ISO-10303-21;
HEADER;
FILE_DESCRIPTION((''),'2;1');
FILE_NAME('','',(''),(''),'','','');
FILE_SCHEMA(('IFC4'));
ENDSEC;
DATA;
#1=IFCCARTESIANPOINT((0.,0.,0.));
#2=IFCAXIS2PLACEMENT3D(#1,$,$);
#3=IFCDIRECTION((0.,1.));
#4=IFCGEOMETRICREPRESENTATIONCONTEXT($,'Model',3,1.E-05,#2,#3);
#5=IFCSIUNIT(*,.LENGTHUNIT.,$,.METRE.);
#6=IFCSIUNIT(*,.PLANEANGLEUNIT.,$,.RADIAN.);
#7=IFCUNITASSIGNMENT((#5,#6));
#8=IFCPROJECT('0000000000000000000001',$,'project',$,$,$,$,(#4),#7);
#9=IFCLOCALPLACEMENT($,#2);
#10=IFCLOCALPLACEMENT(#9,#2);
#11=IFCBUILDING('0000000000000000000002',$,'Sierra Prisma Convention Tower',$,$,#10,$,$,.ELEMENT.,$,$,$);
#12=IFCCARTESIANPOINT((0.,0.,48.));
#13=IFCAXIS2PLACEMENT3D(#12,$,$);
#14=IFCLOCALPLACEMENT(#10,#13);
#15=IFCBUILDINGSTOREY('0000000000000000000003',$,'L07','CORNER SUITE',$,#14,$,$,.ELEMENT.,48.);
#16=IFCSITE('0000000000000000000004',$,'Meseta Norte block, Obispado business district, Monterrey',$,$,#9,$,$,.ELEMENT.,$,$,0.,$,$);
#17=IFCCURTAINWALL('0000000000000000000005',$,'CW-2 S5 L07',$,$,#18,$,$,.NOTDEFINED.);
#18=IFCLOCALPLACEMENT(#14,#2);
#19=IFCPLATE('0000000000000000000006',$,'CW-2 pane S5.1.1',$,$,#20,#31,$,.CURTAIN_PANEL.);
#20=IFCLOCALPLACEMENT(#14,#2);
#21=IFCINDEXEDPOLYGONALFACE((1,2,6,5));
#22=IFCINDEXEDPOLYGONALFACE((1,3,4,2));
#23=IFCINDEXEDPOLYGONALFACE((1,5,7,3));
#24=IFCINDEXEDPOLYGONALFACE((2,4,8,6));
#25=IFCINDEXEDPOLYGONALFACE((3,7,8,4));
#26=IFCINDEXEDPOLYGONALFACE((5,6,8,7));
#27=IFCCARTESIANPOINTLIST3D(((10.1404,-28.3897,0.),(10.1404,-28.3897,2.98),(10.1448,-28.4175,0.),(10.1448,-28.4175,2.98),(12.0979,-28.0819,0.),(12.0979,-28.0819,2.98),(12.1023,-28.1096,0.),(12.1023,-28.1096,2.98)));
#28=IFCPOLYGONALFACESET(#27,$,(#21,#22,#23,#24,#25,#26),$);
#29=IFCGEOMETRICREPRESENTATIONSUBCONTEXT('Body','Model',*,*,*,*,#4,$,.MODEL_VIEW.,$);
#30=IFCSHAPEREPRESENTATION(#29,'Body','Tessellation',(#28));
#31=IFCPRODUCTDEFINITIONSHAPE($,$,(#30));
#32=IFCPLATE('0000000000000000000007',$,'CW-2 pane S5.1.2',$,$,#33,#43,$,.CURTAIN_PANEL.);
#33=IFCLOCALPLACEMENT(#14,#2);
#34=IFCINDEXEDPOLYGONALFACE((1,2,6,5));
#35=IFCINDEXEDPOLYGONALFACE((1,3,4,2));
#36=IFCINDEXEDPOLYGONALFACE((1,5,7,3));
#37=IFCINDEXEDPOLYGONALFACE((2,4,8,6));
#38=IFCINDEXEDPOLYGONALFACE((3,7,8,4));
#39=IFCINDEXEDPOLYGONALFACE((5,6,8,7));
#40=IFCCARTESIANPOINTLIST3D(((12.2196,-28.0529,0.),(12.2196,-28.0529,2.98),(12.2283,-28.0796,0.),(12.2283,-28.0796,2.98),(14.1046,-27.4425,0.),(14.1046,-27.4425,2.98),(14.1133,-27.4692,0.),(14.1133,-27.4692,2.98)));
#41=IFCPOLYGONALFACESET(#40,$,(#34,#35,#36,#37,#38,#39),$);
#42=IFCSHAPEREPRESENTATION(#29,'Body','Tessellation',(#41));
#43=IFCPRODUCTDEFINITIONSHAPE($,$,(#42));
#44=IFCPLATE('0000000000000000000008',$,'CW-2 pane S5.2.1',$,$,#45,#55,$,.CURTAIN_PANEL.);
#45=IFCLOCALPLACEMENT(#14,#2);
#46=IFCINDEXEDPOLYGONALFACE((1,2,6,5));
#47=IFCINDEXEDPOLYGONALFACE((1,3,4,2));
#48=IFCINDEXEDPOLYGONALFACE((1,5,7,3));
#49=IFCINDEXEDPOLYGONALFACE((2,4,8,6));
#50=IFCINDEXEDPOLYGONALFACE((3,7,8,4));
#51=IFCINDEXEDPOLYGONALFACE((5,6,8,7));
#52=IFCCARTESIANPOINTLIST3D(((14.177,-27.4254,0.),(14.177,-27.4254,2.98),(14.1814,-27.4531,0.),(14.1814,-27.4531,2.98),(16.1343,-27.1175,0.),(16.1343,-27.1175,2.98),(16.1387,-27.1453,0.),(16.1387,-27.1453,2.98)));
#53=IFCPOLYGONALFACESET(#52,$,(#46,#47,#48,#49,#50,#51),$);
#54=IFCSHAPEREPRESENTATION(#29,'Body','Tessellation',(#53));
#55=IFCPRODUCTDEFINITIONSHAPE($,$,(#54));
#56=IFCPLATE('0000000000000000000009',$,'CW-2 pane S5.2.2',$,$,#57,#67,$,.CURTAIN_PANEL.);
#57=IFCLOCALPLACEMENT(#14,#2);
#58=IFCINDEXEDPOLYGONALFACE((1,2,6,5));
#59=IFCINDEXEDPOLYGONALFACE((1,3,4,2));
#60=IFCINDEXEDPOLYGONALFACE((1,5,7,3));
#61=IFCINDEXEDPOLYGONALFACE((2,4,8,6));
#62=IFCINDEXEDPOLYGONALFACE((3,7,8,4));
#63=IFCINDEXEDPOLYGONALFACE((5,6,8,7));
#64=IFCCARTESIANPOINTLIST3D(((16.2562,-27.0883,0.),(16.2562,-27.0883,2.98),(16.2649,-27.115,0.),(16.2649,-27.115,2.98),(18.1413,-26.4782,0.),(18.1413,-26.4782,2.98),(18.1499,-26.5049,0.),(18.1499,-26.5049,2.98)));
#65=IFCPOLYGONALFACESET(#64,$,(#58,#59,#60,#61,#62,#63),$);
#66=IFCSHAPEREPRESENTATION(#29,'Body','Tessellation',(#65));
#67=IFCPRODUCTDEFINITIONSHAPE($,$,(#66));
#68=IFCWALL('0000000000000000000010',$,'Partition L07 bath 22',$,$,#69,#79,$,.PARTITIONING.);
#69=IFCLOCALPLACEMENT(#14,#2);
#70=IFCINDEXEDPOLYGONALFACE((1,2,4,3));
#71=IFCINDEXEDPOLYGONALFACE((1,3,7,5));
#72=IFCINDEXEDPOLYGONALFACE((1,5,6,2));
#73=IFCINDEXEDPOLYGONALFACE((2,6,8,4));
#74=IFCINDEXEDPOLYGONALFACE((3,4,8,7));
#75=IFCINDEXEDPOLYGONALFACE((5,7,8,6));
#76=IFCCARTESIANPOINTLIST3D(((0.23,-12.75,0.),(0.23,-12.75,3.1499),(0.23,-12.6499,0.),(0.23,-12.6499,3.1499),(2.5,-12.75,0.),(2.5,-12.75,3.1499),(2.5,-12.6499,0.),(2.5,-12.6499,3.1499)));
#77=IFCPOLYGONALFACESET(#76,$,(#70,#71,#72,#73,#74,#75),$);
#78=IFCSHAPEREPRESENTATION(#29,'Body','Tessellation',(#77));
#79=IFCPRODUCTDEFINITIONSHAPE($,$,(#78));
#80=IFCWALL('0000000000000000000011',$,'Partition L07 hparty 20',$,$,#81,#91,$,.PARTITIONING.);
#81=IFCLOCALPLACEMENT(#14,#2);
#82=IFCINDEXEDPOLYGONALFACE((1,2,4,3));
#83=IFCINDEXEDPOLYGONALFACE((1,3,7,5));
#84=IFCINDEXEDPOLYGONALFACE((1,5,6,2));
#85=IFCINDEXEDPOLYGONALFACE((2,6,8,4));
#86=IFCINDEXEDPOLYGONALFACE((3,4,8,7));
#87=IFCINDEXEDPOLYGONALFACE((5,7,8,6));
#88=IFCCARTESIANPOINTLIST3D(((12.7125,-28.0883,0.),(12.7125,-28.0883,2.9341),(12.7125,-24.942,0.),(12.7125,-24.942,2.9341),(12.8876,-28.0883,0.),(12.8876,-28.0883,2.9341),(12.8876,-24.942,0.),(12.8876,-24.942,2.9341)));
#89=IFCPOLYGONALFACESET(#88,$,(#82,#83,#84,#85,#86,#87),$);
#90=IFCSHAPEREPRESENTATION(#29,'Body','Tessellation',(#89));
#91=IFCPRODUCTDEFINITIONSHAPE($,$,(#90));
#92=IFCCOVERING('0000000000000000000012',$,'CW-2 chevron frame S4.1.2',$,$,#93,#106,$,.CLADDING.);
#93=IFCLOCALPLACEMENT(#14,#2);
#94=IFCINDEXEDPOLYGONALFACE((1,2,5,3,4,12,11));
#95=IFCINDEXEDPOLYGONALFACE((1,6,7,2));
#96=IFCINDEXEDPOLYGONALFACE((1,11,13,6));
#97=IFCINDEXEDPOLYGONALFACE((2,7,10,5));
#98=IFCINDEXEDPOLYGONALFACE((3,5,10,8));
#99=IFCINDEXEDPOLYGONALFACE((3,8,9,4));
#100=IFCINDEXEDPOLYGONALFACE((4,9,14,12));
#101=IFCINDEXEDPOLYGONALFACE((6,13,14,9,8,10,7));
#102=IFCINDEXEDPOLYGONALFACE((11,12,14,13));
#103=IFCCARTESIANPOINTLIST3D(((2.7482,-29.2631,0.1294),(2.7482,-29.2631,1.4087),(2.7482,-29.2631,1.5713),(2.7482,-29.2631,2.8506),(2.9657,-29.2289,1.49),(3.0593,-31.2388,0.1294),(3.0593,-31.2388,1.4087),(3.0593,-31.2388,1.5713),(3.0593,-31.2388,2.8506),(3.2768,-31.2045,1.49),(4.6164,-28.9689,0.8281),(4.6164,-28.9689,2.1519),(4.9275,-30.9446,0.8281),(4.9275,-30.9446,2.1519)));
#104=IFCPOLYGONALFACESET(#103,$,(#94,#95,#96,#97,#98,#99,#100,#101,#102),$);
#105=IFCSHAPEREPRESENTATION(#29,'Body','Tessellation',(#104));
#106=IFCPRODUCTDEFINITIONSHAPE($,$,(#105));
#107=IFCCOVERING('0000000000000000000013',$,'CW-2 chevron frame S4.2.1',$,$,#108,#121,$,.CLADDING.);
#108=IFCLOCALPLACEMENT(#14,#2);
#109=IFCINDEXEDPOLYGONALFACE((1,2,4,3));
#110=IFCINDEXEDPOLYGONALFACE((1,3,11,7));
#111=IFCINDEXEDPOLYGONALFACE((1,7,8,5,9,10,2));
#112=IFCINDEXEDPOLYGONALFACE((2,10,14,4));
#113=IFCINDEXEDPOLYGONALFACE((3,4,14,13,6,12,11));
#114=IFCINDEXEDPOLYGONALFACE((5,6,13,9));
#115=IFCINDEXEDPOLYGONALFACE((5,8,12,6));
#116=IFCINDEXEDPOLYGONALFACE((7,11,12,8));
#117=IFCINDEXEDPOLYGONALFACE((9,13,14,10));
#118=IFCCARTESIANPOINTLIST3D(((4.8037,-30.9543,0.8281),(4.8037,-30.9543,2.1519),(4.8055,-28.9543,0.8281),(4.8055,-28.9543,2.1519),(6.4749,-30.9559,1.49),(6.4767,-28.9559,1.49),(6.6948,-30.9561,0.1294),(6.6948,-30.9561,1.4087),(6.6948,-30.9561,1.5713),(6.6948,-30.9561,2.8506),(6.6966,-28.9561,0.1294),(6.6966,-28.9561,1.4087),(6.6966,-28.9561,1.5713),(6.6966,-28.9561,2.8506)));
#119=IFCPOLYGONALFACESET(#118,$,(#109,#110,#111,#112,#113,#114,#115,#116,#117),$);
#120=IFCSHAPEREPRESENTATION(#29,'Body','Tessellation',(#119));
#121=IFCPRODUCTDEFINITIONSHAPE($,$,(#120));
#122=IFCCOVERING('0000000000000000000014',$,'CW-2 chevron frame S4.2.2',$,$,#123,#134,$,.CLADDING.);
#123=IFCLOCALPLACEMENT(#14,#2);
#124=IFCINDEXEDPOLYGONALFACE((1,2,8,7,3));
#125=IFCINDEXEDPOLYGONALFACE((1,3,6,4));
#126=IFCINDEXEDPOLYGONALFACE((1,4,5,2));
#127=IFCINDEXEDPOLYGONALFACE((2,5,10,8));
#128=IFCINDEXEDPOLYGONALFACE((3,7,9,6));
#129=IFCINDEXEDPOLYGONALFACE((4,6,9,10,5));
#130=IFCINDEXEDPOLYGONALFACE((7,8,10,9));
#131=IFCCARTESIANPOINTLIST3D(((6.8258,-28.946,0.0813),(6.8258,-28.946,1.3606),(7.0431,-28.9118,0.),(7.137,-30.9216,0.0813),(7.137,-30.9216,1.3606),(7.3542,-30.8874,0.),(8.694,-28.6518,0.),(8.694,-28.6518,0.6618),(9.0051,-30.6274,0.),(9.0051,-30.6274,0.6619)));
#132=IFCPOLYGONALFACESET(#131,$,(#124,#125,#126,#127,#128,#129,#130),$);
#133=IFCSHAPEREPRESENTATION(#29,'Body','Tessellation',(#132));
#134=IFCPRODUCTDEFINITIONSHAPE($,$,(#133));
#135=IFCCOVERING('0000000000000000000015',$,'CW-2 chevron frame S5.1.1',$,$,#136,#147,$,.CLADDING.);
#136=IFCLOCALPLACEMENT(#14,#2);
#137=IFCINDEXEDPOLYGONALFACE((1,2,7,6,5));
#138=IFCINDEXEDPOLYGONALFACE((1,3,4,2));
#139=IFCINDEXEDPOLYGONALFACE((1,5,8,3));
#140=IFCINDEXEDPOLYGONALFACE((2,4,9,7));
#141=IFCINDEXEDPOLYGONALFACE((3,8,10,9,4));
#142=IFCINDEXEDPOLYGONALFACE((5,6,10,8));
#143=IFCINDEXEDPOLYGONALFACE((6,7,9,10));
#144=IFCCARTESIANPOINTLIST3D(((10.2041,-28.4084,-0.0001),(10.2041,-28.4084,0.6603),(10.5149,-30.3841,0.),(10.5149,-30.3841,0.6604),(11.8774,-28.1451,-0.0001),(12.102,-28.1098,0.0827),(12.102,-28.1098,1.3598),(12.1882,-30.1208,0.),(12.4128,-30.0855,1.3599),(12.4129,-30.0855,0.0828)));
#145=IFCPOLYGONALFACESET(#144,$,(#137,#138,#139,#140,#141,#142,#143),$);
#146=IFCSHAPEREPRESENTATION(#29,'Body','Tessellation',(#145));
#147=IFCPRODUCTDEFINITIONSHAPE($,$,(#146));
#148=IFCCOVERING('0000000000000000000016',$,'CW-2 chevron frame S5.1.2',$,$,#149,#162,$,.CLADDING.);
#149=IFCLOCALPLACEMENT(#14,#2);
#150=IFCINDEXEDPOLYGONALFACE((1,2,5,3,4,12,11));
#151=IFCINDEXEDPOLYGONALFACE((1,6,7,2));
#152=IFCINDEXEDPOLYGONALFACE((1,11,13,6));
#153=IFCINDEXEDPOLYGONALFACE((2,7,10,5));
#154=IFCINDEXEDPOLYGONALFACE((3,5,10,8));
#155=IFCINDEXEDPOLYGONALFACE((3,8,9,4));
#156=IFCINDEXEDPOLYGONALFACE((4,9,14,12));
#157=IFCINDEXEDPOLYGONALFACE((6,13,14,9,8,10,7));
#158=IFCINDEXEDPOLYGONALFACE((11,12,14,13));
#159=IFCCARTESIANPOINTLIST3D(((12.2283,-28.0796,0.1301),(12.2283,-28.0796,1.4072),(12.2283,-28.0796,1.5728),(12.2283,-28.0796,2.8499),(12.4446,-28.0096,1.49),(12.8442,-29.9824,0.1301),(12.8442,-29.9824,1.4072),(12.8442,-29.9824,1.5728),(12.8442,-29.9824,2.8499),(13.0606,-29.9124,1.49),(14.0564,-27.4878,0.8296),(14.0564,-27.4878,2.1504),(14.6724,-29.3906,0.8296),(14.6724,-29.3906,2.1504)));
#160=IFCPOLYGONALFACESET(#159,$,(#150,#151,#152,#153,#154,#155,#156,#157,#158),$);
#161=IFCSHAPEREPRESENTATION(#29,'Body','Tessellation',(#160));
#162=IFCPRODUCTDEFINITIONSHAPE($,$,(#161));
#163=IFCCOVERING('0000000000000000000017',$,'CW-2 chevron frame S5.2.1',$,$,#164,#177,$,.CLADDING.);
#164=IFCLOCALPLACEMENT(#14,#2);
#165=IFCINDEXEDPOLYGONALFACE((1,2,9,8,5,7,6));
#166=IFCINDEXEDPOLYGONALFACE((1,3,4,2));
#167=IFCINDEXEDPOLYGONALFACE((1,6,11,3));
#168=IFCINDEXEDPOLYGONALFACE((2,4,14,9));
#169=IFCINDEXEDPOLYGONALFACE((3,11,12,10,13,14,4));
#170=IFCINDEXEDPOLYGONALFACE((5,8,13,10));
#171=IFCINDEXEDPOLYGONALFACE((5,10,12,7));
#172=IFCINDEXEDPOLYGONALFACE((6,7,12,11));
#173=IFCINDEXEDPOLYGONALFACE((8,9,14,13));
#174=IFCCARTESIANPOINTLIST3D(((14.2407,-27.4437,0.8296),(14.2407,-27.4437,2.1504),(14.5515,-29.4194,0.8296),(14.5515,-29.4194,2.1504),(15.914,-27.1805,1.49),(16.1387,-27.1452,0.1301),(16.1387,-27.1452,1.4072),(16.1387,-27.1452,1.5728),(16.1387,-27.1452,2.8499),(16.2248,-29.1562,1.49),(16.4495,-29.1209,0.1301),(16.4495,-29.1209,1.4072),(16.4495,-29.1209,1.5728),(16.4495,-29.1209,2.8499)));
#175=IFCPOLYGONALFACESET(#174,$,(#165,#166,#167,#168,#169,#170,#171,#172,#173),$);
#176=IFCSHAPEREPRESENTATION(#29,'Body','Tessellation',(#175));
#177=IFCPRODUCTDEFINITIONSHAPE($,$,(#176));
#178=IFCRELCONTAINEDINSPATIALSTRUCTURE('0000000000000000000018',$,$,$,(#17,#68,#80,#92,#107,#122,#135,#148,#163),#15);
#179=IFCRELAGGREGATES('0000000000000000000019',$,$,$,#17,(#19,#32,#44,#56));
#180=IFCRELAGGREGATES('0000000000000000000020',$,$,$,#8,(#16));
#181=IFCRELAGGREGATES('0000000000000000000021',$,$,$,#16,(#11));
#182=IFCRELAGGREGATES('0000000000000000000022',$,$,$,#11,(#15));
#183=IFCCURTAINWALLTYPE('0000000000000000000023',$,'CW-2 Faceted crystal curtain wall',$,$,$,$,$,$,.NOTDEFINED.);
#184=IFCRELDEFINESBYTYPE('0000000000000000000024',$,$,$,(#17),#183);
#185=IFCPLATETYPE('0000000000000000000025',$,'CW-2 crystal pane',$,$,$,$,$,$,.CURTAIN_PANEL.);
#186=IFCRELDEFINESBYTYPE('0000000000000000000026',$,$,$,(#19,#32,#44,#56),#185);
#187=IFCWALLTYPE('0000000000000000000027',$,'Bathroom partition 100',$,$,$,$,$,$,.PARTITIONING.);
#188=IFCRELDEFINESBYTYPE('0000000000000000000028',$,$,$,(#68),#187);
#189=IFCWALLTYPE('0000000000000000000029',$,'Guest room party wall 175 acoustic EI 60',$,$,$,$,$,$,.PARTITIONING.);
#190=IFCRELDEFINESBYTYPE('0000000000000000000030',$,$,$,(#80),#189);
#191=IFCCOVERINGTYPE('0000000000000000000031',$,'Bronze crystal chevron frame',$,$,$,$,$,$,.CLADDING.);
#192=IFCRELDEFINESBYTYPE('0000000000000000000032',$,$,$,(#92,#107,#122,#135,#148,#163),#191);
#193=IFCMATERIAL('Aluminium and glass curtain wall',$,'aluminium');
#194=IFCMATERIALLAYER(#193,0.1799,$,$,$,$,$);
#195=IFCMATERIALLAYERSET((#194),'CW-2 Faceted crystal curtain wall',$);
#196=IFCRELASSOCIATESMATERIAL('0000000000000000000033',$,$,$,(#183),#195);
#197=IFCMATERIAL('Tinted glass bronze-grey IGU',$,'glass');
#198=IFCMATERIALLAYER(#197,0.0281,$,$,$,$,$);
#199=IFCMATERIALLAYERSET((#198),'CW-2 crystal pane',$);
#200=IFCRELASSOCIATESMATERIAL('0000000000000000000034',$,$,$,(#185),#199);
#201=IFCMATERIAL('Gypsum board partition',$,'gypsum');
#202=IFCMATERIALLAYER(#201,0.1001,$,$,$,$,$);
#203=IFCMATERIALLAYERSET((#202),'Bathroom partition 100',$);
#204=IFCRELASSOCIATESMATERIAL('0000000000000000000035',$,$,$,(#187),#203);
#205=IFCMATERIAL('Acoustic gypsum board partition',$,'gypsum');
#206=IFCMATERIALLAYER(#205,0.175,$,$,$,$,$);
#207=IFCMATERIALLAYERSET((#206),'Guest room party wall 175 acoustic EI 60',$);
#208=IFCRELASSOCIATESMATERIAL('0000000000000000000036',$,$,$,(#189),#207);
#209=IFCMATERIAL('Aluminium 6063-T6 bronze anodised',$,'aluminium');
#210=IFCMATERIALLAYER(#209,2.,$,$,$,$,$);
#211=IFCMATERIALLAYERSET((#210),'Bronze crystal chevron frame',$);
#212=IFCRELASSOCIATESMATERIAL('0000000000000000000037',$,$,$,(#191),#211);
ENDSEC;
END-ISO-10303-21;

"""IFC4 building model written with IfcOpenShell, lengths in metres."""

from ifc_helpers import new_model, si_unit, direction, frame, frame_2d, origin, place, context, subcontext, project, spatial, polyline, rectangle, outline, extrude, material, layer, layer_set, type_object, element, aggregate, save


model = new_model("IFC4")

# Units and contexts
model_context = context("Model", 3, precision=1e-05, world=origin(), true_north=direction((0.0, 1.0)))
body_context = subcontext(model_context, "Body", "Model", "MODEL_VIEW")
ifc_project = project(units=[si_unit("LENGTHUNIT", "METRE"), si_unit("PLANEANGLEUNIT", "RADIAN")], contexts=[model_context])

# Site, building, storey
site_placement = place(None, origin())
site = spatial("IfcSite", under=ifc_project, at=site_placement, Name="Meseta Norte block, Obispado business district, Monterrey", CompositionType="ELEMENT", RefElevation=0.0)
building_placement = place(site_placement, origin())
building = spatial("IfcBuilding", under=site, at=building_placement, Name="Sierra Prisma Convention Tower", CompositionType="ELEMENT")
storey_placement = place(building_placement, frame((0.0, 0.0, 48.0)))
storey = spatial("IfcBuildingStorey", under=building, at=storey_placement, Name="L07", Description="CORNER SUITE", CompositionType="ELEMENT", Elevation=48.0)

# Curtain wall
ifc_material_1 = material(Name="Aluminium and glass curtain wall", Category="aluminium")
ifc_layer_1 = layer(ifc_material_1, 0.1799)
ifc_layer_set_1 = layer_set([ifc_layer_1], Name="CW-2 Faceted crystal curtain wall")
curtain_wall_type = type_object("IfcCurtainWallType", Name="CW-2 Faceted crystal curtain wall", PredefinedType="NOTDEFINED", material=ifc_layer_set_1)
curtain_wall_1_placement = place(storey_placement, origin())
curtain_wall_1 = element("IfcCurtainWall", 1, at=curtain_wall_1_placement, inside=storey, type_object=curtain_wall_type, Name="CW-2 S5 L07", PredefinedType="NOTDEFINED")

# Plates
ifc_material_2 = material(Name="Tinted glass bronze-grey IGU", Category="glass")
ifc_layer_2 = layer(ifc_material_2, 0.0281)
ifc_layer_set_2 = layer_set([ifc_layer_2], Name="CW-2 crystal pane")
plate_type = type_object("IfcPlateType", Name="CW-2 crystal pane", PredefinedType="CURTAIN_PANEL", material=ifc_layer_set_2)
plate_1_placement = place(storey_placement, frame((10.1448, -28.4175, 0.0), z_axis=(0.155362, -0.987858, 0.0), x_axis=(0.987858, 0.155362, 0.0)))
plate_1 = element("IfcPlate", 2, at=plate_1_placement, type_object=plate_type, Name="CW-2 pane S5.1.1", PredefinedType="CURTAIN_PANEL", context=body_context, shape_type="SweptSolid", body=[
    extrude(outline(polyline([(0.0, 0.0), (1.9816, 0.0), (1.9816, 2.98), (0.0, 2.98), (0.0, 0.0)])), origin(), (0.0, 0.0, -1.0), 0.0281),
])
plate_2_placement = place(storey_placement, frame((14.1133, -27.4692, 0.0), z_axis=(0.308047, -0.951371, 0.0), x_axis=(-0.951371, -0.308047, 0.0)))
plate_2 = element("IfcPlate", 3, at=plate_2_placement, type_object=plate_type, Name="CW-2 pane S5.1.2", PredefinedType="CURTAIN_PANEL", context=body_context, shape_type="SweptSolid", body=[
    extrude(outline(polyline([(0.0, 0.0), (1.9814, 0.0), (1.9814, -2.98), (0.0, -2.98), (0.0, 0.0)])), origin(), (0.0, 0.0, -1.0), 0.0281),
])
plate_3_placement = place(storey_placement, frame((14.1814, -27.4531, 0.0), z_axis=(0.15538, -0.987855, 0.0), x_axis=(0.987855, 0.15538, 0.0)))
plate_3 = element("IfcPlate", 4, at=plate_3_placement, type_object=plate_type, Name="CW-2 pane S5.2.1", PredefinedType="CURTAIN_PANEL", context=body_context, shape_type="SweptSolid", body=[
    extrude(outline(polyline([(0.0, 0.0), (1.9813, 0.0), (1.9813, 2.98), (0.0, 2.98), (0.0, 0.0)])), origin(), (0.0, 0.0, -1.0), 0.0281),
])
plate_4_placement = place(storey_placement, frame((18.1499, -26.5049, 0.0), z_axis=(0.307935, -0.951407, 0.0), x_axis=(-0.951407, -0.307935, 0.0)))
plate_4 = element("IfcPlate", 5, at=plate_4_placement, type_object=plate_type, Name="CW-2 pane S5.2.2", PredefinedType="CURTAIN_PANEL", context=body_context, shape_type="SweptSolid", body=[
    extrude(outline(polyline([(0.0, 0.0), (1.9813, 0.0), (1.9813, -2.98), (0.0, -2.98), (0.0, 0.0)])), origin(), (0.0, 0.0, -1.0), 0.0281),
])
aggregate(curtain_wall_1, [plate_1, plate_2, plate_3, plate_4])

# Walls
ifc_material_3 = material(Name="Gypsum board partition", Category="gypsum")
ifc_layer_3 = layer(ifc_material_3, 0.1001)
ifc_layer_set_3 = layer_set([ifc_layer_3], Name="Bathroom partition 100")
wall_type_1 = type_object("IfcWallType", Name="Bathroom partition 100", PredefinedType="PARTITIONING", material=ifc_layer_set_3)
wall_1_placement = place(storey_placement, frame((2.5, -12.7, 0.0), z_axis=(0.0, 0.0, 1.0), x_axis=(-1.0, 0.0, 0.0)))
element("IfcWall", 6, at=wall_1_placement, inside=storey, type_object=wall_type_1, Name="Partition L07 bath 22", PredefinedType="PARTITIONING", context=body_context, shape_type="SweptSolid", body=[
    extrude(rectangle(XDim=2.27, YDim=0.1001, at=frame_2d((1.135, 0.0))), origin(), (0.0, 0.0, 1.0), 3.1499),
])
ifc_material_4 = material(Name="Acoustic gypsum board partition", Category="gypsum")
ifc_layer_4 = layer(ifc_material_4, 0.175)
ifc_layer_set_4 = layer_set([ifc_layer_4], Name="Guest room party wall 175 acoustic EI 60")
wall_type_2 = type_object("IfcWallType", Name="Guest room party wall 175 acoustic EI 60", PredefinedType="PARTITIONING", material=ifc_layer_set_4)
wall_2_placement = place(storey_placement, frame((12.8, -24.9419, 0.0), z_axis=(0.0, 0.0, 1.0), x_axis=(0.0, -1.0, 0.0)))
element("IfcWall", 7, at=wall_2_placement, inside=storey, type_object=wall_type_2, Name="Partition L07 hparty 20", PredefinedType="PARTITIONING", context=body_context, shape_type="SweptSolid", body=[
    extrude(rectangle(XDim=3.1462, YDim=0.175, at=frame_2d((1.5732, 0.0))), origin(), (0.0, 0.0, 1.0), 2.9341),
])

# Coverings
ifc_material_5 = material(Name="Aluminium 6063-T6 bronze anodised", Category="aluminium")
ifc_layer_5 = layer(ifc_material_5, 2.0)
ifc_layer_set_5 = layer_set([ifc_layer_5], Name="Bronze crystal chevron frame")
covering_type = type_object("IfcCoveringType", Name="Bronze crystal chevron frame", PredefinedType="CLADDING", material=ifc_layer_set_5)
covering_1_placement = place(storey_placement, frame((3.0593, -31.2388, 1.4087), z_axis=(0.15556, -0.987826, 0.0), x_axis=(0.0, 0.0, -1.0)))
element("IfcCovering", 8, at=covering_1_placement, inside=storey, type_object=covering_type, Name="CW-2 chevron frame S4.1.2", PredefinedType="CLADDING", context=body_context, shape_type="SweptSolid", body=[
    extrude(outline(polyline([(0.0, 0.0), (1.2793, 0.0), (0.5806, 1.8912), (-0.7432, 1.8912), (-1.4419, 0.0), (-0.1626, 0.0), (-0.0813, 0.2202), (0.0, 0.0)])), origin(), (0.0, 0.0, -1.0), 2.0),
])
covering_2_placement = place(storey_placement, frame((4.8037, -30.9543, 0.8281), z_axis=(-0.000903, -1.0, 0.0), x_axis=(0.93802, -0.000847, -0.346581)))
element("IfcCovering", 9, at=covering_2_placement, inside=storey, type_object=covering_type, Name="CW-2 chevron frame S4.2.1", PredefinedType="CLADDING", context=body_context, shape_type="SweptSolid", body=[
    extrude(outline(polyline([(0.0, 0.0), (2.0161, 0.0), (1.5727, 1.2), (1.3382, 1.2), (1.5163, 1.3525), (1.073, 2.5525), (-0.4588, 1.2417), (0.0, 0.0)])), origin(), (0.0, 0.0, -1.0), 2.0),
])
covering_3_placement = place(storey_placement, frame((7.137, -30.9216, 0.0813), z_axis=(0.155559, -0.987827, 0.000018), x_axis=(0.926563, 0.145905, -0.346689)))
element("IfcCovering", 10, at=covering_3_placement, inside=storey, type_object=covering_type, Name="CW-2 chevron frame S4.2.2", PredefinedType="CLADDING", context=body_context, shape_type="SweptSolid", body=[
    extrude(outline(polyline([(0.0, 0.0), (0.2345, 0.0), (1.8021, 0.5794), (1.5726, 1.2002), (-0.4435, 1.2), (0.0, 0.0)])), origin(), (0.0, 0.0, -1.0), 2.0),
])
covering_4_placement = place(storey_placement, frame((12.1882, -30.1208, 0.0), z_axis=(0.155407, -0.987851, 0.000032), x_axis=(0.92827, 0.146044, 0.342033)))
element("IfcCovering", 11, at=covering_4_placement, inside=storey, type_object=covering_type, Name="CW-2 chevron frame S5.1.1", PredefinedType="CLADDING", context=body_context, shape_type="SweptSolid", body=[
    extrude(outline(polyline([(0.0, 0.0), (0.242, 0.0), (0.6788, 1.2001), (-1.3659, 1.1999), (-1.5917, 0.5794), (0.0, 0.0)])), origin(), (0.0, 0.0, -1.0), 2.0),
])
covering_5_placement = place(storey_placement, frame((12.8442, -29.9824, 1.4072), z_axis=(0.307982, -0.951392, 0.0), x_axis=(0.0, 0.0, -1.0)))
element("IfcCovering", 12, at=covering_5_placement, inside=storey, type_object=covering_type, Name="CW-2 chevron frame S5.1.2", PredefinedType="CLADDING", context=body_context, shape_type="SweptSolid", body=[
    extrude(outline(polyline([(0.0, 0.0), (1.2771, 0.0), (0.5776, 1.9215), (-0.7432, 1.9215), (-1.4426, 0.0), (-0.1655, 0.0), (-0.0828, 0.2274), (0.0, 0.0)])), origin(), (0.0, 0.0, -1.0), 2.0),
])
covering_6_placement = place(storey_placement, frame((14.5515, -29.4194, 0.8296), z_axis=(0.155407, -0.987851, 0.0), x_axis=(0.92825, 0.14603, -0.342093)))
element("IfcCovering", 13, at=covering_6_placement, inside=storey, type_object=covering_type, Name="CW-2 chevron frame S5.2.1", PredefinedType="CLADDING", context=body_context, shape_type="SweptSolid", body=[
    extrude(outline(polyline([(0.0, 0.0), (2.0447, 0.0), (1.6078, 1.2), (1.3658, 1.2), (1.5511, 1.3556), (1.1143, 2.5556), (-0.4518, 1.2411), (0.0, 0.0)])), origin(), (0.0, 0.0, -1.0), 2.0),
])

save(model, "model.ifc")
